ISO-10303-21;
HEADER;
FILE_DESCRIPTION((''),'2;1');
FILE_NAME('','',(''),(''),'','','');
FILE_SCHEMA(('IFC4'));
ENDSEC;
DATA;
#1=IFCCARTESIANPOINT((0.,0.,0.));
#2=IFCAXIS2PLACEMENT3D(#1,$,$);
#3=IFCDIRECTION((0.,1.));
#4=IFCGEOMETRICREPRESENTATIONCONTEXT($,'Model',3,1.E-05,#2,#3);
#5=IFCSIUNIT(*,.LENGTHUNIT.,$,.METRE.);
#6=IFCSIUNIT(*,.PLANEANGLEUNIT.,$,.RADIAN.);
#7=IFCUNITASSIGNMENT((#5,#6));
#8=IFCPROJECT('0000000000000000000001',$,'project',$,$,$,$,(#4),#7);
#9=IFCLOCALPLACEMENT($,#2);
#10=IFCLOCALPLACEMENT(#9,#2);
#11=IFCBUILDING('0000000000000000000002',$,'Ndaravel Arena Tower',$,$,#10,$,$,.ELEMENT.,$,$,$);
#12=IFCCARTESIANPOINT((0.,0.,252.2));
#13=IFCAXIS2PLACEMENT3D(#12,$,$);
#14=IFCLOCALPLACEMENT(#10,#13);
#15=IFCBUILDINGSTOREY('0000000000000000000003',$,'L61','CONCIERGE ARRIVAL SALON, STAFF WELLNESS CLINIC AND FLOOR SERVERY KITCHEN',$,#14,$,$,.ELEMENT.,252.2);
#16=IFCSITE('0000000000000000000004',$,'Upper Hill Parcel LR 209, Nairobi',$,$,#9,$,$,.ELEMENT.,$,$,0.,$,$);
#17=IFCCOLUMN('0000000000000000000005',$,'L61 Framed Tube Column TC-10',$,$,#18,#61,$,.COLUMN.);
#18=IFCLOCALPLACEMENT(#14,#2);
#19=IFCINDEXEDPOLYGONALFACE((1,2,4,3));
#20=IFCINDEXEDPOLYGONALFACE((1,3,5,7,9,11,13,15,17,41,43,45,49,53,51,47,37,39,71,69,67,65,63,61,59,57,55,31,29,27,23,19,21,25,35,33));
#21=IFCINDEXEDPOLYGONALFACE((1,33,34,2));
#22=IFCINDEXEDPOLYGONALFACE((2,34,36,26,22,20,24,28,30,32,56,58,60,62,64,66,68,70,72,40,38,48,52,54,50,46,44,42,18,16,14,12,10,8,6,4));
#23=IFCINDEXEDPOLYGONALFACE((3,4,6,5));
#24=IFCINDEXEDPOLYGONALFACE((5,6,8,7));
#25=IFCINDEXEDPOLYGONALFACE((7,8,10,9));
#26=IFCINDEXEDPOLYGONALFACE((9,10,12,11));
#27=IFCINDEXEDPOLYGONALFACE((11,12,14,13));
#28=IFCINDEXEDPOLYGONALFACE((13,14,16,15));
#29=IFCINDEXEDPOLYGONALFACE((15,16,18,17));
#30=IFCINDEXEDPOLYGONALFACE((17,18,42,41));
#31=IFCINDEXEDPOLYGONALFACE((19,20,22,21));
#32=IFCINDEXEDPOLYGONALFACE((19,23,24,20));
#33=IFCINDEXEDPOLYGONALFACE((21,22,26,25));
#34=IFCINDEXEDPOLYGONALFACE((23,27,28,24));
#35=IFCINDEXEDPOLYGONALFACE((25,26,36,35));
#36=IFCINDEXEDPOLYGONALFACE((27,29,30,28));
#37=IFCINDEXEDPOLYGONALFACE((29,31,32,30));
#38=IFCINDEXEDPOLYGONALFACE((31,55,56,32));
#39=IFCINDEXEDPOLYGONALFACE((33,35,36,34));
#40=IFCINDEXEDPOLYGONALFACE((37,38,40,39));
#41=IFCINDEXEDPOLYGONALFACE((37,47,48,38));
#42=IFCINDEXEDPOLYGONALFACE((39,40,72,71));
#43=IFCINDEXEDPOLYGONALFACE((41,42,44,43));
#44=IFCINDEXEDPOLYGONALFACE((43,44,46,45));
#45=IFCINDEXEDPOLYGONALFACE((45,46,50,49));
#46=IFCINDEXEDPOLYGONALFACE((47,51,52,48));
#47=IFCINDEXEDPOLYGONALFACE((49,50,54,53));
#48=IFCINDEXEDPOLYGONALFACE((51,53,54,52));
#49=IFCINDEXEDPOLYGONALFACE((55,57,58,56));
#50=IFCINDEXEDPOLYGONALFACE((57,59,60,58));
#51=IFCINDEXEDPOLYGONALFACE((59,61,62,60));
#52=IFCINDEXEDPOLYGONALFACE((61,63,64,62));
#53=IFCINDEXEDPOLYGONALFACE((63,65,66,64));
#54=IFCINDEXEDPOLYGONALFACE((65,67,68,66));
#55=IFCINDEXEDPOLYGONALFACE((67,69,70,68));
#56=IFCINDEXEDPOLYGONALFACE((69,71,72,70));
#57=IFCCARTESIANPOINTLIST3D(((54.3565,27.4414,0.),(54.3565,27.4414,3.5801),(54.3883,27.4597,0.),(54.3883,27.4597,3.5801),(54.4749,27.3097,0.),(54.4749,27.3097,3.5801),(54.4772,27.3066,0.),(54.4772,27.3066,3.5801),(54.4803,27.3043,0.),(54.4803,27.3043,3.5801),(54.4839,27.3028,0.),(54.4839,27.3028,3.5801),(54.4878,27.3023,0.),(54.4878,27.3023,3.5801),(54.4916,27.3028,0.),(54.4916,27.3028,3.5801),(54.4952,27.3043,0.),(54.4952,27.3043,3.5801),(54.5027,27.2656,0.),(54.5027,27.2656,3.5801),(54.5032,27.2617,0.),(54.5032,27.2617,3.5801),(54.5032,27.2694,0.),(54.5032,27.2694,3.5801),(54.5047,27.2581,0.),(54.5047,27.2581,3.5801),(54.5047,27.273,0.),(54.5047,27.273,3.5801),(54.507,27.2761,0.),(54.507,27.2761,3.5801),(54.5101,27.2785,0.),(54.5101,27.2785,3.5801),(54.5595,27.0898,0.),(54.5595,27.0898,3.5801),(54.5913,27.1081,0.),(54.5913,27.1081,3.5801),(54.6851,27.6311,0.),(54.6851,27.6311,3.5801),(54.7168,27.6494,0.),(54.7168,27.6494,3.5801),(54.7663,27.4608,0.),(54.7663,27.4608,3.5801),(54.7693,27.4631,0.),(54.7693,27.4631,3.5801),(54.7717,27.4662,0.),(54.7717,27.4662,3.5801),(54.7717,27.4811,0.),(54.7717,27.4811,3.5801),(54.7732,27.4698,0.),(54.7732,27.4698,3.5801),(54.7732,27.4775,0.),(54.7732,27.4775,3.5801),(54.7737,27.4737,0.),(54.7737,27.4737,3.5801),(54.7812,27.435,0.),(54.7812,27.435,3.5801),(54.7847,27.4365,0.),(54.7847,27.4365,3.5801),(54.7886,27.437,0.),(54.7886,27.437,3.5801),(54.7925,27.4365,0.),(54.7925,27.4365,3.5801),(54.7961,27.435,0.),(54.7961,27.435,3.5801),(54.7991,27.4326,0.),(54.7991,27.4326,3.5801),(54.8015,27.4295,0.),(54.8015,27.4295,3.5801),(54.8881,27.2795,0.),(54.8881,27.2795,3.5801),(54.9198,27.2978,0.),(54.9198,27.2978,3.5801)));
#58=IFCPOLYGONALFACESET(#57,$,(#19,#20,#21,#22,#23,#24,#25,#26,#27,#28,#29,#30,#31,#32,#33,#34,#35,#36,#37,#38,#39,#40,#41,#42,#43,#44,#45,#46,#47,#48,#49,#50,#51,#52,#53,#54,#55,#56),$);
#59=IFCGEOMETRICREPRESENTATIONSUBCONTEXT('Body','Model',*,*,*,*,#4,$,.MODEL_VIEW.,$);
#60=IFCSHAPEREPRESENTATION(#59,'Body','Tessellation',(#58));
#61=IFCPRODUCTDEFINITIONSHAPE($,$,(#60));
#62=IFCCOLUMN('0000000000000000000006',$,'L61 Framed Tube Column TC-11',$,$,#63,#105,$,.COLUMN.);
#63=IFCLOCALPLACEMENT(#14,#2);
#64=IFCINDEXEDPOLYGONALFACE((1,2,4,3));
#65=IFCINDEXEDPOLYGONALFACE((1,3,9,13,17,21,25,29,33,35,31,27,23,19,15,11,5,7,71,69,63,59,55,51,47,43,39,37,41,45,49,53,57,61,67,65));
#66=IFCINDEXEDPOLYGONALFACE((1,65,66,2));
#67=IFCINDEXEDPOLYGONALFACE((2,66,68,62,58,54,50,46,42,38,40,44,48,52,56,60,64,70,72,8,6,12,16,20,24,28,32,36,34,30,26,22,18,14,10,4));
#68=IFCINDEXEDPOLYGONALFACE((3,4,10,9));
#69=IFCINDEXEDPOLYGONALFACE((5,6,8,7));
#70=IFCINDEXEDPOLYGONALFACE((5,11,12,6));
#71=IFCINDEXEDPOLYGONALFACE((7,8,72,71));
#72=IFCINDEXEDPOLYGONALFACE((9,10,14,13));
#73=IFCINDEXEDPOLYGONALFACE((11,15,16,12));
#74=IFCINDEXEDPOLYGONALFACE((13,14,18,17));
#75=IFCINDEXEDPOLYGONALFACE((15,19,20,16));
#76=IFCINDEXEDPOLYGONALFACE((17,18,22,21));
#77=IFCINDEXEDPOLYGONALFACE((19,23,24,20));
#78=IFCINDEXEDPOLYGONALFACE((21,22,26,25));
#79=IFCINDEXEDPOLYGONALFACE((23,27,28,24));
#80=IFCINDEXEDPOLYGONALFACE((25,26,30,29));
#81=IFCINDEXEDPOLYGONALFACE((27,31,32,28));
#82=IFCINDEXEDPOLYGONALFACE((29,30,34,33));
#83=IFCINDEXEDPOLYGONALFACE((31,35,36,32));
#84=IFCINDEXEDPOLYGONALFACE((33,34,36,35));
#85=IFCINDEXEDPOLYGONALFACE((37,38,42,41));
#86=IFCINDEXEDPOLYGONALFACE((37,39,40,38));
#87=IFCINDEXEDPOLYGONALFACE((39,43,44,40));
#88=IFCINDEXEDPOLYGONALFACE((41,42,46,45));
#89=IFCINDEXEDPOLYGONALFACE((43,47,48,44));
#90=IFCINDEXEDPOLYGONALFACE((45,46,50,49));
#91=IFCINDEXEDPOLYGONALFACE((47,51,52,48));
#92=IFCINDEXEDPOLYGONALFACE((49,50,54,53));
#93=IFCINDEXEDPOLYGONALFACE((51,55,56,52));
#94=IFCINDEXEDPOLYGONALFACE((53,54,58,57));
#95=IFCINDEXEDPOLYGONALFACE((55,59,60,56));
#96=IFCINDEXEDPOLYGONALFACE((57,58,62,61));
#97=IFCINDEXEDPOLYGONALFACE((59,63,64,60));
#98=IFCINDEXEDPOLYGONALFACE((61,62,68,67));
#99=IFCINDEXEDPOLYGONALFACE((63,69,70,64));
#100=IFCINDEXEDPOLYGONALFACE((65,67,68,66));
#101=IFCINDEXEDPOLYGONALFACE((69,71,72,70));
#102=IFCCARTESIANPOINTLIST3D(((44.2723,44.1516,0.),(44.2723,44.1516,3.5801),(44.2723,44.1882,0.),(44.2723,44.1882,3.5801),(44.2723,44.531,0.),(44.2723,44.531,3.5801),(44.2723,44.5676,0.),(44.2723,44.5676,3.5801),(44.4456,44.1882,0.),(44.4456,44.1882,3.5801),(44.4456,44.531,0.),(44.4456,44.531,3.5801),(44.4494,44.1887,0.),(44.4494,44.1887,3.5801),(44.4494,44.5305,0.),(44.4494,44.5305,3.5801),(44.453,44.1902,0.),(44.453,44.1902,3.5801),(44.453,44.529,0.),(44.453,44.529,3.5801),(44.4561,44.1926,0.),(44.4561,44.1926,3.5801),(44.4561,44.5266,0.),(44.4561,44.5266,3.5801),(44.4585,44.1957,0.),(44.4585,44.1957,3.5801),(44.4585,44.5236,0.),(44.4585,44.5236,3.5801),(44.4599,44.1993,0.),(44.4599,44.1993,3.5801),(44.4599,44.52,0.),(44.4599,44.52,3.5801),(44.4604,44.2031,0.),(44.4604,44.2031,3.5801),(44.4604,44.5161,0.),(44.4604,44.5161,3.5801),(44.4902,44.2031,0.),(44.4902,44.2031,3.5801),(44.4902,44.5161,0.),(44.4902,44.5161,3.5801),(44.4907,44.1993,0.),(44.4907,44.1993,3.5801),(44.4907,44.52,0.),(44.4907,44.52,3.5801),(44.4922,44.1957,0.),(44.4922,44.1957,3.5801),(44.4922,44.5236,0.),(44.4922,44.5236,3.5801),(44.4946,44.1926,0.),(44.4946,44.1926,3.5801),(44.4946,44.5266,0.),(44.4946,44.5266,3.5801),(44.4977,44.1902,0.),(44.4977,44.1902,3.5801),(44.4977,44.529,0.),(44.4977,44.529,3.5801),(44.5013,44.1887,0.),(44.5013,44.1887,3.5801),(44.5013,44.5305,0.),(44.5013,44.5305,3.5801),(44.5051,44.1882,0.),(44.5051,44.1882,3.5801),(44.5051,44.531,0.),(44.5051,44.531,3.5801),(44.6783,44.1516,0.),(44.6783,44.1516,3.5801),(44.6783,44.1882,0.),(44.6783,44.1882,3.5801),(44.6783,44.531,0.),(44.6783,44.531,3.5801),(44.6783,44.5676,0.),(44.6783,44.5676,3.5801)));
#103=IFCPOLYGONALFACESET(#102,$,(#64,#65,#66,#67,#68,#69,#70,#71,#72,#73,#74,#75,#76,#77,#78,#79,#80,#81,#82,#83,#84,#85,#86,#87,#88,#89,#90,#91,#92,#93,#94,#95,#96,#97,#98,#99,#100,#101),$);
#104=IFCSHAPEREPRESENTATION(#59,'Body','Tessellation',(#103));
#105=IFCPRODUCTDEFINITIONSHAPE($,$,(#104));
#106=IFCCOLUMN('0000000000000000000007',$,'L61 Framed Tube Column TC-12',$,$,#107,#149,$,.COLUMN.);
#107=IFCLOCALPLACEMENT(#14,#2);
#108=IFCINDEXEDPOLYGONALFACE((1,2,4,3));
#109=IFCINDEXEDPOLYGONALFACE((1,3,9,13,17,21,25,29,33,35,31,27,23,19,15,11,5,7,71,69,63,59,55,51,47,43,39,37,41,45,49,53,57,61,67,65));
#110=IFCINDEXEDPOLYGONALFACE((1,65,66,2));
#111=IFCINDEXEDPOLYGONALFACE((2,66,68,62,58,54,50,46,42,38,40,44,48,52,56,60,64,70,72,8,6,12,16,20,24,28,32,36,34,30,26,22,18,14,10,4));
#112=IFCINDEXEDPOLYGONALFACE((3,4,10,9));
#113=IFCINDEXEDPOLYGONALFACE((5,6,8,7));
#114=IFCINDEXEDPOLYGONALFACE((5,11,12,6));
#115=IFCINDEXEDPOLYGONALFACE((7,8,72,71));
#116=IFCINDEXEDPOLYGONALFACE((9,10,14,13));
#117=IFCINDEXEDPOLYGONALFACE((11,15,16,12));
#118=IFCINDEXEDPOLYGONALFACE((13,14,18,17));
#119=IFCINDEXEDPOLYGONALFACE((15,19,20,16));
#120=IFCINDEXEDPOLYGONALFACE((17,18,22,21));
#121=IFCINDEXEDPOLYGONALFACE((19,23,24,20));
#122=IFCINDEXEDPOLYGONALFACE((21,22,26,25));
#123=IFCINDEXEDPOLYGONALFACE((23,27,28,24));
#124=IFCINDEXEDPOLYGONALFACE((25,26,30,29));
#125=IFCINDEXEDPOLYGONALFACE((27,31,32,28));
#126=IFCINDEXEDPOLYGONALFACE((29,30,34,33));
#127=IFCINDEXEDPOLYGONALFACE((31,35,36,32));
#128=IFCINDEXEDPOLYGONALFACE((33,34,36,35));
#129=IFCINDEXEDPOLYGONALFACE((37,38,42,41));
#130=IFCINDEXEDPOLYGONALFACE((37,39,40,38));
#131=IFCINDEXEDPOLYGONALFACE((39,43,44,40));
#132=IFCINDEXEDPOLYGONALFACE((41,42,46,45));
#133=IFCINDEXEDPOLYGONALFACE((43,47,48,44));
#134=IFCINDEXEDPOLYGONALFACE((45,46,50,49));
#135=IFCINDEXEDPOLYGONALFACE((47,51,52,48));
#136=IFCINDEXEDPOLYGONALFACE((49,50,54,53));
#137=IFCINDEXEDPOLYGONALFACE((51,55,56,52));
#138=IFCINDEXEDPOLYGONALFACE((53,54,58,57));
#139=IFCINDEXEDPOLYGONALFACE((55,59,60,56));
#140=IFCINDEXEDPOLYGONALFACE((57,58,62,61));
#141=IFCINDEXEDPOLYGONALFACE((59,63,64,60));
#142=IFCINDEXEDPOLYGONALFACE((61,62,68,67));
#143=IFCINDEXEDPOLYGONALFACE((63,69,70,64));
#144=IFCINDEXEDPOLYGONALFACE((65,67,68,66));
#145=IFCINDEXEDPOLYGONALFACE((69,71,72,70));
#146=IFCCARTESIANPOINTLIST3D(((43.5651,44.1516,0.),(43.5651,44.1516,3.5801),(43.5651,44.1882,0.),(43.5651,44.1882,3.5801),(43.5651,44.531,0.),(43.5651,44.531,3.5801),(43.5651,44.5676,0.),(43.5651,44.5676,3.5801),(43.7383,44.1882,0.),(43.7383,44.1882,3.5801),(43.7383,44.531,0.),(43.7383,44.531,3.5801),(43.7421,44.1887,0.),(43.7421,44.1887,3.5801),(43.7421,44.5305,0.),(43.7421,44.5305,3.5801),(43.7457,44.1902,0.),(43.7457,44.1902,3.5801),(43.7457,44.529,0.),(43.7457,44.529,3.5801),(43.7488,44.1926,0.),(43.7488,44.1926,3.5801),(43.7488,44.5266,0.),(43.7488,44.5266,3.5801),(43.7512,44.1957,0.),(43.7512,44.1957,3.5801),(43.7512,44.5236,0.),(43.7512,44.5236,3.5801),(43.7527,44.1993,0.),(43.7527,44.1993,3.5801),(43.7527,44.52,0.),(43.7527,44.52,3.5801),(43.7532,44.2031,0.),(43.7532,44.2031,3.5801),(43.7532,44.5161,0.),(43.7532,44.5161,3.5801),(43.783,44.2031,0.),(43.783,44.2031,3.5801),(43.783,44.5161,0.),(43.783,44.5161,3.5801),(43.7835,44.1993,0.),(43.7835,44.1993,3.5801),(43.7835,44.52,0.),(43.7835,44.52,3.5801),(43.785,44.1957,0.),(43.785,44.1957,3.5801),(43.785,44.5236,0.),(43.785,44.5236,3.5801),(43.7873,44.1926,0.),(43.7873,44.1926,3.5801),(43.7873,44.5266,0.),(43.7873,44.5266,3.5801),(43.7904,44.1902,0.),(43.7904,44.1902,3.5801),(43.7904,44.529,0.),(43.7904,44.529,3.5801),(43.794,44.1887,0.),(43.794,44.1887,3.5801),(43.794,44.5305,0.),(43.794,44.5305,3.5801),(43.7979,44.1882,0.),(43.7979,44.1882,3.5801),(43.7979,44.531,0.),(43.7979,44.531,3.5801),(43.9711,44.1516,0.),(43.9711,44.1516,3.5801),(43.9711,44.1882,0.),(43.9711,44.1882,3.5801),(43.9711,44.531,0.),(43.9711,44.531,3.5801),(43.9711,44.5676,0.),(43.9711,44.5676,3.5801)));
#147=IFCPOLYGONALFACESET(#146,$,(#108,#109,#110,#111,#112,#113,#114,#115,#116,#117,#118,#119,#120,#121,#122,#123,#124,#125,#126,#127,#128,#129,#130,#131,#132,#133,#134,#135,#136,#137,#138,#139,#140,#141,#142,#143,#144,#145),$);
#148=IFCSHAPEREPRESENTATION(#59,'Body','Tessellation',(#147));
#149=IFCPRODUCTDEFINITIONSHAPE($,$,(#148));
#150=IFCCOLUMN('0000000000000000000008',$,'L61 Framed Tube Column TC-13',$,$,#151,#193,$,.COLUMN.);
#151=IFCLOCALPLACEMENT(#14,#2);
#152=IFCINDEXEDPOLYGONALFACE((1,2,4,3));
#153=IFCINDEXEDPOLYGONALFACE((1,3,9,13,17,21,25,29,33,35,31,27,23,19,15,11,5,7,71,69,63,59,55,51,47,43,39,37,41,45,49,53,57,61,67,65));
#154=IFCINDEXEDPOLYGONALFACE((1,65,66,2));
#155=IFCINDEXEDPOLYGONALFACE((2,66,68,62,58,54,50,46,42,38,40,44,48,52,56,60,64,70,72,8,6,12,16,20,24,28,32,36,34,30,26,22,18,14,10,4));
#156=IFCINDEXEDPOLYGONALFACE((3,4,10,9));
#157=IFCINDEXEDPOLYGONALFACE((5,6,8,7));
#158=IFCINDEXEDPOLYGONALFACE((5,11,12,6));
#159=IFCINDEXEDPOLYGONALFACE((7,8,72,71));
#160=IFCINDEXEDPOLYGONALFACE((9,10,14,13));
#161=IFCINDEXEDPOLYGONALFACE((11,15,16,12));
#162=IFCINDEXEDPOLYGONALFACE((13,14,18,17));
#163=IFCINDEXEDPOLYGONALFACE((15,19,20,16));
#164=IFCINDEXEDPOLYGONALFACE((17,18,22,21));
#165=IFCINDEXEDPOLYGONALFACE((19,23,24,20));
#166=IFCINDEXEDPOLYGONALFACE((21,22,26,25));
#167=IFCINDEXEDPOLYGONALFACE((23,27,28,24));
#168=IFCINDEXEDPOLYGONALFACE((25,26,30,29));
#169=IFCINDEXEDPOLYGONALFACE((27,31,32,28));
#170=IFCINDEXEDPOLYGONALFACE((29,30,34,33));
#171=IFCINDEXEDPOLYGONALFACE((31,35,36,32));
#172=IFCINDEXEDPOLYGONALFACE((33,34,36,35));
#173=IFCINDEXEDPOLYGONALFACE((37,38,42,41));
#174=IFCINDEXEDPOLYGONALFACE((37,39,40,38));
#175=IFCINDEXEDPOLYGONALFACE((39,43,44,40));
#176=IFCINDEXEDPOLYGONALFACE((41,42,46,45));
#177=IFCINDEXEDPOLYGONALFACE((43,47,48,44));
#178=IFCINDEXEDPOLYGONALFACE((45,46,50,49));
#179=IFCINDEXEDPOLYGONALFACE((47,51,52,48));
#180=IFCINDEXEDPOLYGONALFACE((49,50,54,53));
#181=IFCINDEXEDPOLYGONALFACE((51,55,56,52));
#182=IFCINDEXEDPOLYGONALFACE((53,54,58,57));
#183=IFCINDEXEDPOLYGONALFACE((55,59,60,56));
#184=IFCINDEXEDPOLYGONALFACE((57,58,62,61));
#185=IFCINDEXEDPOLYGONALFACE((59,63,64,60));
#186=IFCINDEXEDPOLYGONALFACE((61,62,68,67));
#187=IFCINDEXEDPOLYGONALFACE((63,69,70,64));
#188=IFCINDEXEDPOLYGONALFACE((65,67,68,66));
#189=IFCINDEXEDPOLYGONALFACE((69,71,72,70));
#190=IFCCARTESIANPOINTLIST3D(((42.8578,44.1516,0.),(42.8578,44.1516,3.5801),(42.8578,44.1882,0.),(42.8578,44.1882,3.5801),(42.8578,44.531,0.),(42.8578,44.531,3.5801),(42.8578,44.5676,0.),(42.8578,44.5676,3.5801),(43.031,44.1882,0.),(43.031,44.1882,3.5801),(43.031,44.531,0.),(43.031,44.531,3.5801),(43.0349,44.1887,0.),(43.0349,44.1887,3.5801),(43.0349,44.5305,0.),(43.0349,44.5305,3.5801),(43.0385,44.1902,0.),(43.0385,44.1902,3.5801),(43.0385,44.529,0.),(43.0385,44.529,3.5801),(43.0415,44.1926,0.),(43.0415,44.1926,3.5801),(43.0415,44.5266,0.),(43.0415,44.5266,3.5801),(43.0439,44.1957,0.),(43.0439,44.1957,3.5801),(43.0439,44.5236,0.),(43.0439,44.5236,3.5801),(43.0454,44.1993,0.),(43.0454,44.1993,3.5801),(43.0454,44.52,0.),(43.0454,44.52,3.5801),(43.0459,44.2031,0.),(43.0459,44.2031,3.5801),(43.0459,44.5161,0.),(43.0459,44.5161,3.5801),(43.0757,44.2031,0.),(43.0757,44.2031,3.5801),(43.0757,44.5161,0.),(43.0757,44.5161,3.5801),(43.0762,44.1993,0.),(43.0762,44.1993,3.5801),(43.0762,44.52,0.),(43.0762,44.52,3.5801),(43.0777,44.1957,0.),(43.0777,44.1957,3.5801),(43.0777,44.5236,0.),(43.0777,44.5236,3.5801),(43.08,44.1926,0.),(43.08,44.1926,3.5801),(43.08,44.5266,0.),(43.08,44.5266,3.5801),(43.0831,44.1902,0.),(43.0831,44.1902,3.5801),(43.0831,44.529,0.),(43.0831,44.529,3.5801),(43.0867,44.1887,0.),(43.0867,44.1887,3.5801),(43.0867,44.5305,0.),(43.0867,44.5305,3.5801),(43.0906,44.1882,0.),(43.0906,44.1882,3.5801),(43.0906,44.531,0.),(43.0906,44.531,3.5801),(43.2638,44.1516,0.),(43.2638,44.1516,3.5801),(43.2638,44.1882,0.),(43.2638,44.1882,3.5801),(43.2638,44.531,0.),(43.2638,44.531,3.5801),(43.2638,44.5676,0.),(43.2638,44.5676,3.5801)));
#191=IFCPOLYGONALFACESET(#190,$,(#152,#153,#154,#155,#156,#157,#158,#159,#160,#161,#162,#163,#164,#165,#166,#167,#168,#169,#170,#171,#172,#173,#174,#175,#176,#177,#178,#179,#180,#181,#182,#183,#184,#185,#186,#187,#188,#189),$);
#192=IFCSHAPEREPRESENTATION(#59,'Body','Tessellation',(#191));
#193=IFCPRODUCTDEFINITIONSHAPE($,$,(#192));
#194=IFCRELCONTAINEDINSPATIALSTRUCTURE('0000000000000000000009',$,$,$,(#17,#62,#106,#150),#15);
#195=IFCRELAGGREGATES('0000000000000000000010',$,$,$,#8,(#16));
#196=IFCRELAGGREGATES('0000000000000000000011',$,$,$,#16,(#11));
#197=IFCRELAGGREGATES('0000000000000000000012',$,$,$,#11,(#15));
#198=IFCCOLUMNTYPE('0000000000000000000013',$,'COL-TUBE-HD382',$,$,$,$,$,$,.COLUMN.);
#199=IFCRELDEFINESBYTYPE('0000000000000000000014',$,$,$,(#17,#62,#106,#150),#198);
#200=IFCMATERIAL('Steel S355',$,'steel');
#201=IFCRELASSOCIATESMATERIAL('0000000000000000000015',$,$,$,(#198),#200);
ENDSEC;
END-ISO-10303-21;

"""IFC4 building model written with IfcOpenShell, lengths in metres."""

from ifc_helpers import new_model, si_unit, direction, frame, origin, origin_2d, place, context, subcontext, project, spatial, i_section, extrude, material, material_profile, profile_set, type_object, element, save


model = new_model("IFC4")

# Units and contexts
model_context = context("Model", 3, precision=1e-05, world=origin(), true_north=direction((0.0, 1.0)))
body_context = subcontext(model_context, "Body", "Model", "MODEL_VIEW")
ifc_project = project(units=[si_unit("LENGTHUNIT", "METRE"), si_unit("PLANEANGLEUNIT", "RADIAN")], contexts=[model_context])

# Site, building, storey
site_placement = place(None, origin())
site = spatial("IfcSite", under=ifc_project, at=site_placement, Name="Upper Hill Parcel LR 209, Nairobi", CompositionType="ELEMENT", RefElevation=0.0)
building_placement = place(site_placement, origin())
building = spatial("IfcBuilding", under=site, at=building_placement, Name="Ndaravel Arena Tower", CompositionType="ELEMENT")
storey_placement = place(building_placement, frame((0.0, 0.0, 252.2)))
storey = spatial("IfcBuildingStorey", under=building, at=storey_placement, Name="L61", Description="CONCIERGE ARRIVAL SALON, STAFF WELLNESS CLINIC AND FLOOR SERVERY KITCHEN", CompositionType="ELEMENT", Elevation=252.2)

# Columns
ifc_material_1 = material(Name="Steel S355", Category="steel")
ifc_material_profile_1 = material_profile(ifc_material_1, i_section(OverallWidth=0.406, OverallDepth=0.416, WebThickness=0.0298, FlangeThickness=0.0366, FilletRadius=0.0149, at=origin_2d()), Name="HD 400x382")
ifc_profile_set_1 = profile_set([ifc_material_profile_1], Name="Steel S355")
column_type = type_object("IfcColumnType", Name="COL-TUBE-HD382", PredefinedType="COLUMN", material=ifc_profile_set_1)
for number, where, z_axis, x_axis, name in (
    (1, (54.6382, 27.3696, 0.0), (0.0, 0.0, 1.0), (-0.5, 0.866025, 0.0), "L61 Framed Tube Column TC-10"),
    (2, (44.4753, 44.3596, 0.0), (0.0, 0.0, 1.0), (1.0, 0.0, 0.0), "L61 Framed Tube Column TC-11"),
    (3, (43.7681, 44.3596, 0.0), (0.0, 0.0, 1.0), (1.0, 0.0, 0.0), "L61 Framed Tube Column TC-12"),
    (4, (43.0608, 44.3596, 0.0), (0.0, 0.0, 1.0), (1.0, 0.0, 0.0), "L61 Framed Tube Column TC-13"),
):
    element("IfcColumn", number, at=place(storey_placement, frame(where, z_axis=z_axis, x_axis=x_axis)), inside=storey, type_object=column_type, Name=name, PredefinedType="COLUMN", context=body_context, shape_type="SweptSolid", body=[
        extrude(i_section(OverallWidth=0.406, OverallDepth=0.416, WebThickness=0.0298, FlangeThickness=0.0366, FilletRadius=0.0149, at=origin_2d()), origin(), (0.0, 0.0, 1.0), 3.5801),
    ])

save(model, "model.ifc")
